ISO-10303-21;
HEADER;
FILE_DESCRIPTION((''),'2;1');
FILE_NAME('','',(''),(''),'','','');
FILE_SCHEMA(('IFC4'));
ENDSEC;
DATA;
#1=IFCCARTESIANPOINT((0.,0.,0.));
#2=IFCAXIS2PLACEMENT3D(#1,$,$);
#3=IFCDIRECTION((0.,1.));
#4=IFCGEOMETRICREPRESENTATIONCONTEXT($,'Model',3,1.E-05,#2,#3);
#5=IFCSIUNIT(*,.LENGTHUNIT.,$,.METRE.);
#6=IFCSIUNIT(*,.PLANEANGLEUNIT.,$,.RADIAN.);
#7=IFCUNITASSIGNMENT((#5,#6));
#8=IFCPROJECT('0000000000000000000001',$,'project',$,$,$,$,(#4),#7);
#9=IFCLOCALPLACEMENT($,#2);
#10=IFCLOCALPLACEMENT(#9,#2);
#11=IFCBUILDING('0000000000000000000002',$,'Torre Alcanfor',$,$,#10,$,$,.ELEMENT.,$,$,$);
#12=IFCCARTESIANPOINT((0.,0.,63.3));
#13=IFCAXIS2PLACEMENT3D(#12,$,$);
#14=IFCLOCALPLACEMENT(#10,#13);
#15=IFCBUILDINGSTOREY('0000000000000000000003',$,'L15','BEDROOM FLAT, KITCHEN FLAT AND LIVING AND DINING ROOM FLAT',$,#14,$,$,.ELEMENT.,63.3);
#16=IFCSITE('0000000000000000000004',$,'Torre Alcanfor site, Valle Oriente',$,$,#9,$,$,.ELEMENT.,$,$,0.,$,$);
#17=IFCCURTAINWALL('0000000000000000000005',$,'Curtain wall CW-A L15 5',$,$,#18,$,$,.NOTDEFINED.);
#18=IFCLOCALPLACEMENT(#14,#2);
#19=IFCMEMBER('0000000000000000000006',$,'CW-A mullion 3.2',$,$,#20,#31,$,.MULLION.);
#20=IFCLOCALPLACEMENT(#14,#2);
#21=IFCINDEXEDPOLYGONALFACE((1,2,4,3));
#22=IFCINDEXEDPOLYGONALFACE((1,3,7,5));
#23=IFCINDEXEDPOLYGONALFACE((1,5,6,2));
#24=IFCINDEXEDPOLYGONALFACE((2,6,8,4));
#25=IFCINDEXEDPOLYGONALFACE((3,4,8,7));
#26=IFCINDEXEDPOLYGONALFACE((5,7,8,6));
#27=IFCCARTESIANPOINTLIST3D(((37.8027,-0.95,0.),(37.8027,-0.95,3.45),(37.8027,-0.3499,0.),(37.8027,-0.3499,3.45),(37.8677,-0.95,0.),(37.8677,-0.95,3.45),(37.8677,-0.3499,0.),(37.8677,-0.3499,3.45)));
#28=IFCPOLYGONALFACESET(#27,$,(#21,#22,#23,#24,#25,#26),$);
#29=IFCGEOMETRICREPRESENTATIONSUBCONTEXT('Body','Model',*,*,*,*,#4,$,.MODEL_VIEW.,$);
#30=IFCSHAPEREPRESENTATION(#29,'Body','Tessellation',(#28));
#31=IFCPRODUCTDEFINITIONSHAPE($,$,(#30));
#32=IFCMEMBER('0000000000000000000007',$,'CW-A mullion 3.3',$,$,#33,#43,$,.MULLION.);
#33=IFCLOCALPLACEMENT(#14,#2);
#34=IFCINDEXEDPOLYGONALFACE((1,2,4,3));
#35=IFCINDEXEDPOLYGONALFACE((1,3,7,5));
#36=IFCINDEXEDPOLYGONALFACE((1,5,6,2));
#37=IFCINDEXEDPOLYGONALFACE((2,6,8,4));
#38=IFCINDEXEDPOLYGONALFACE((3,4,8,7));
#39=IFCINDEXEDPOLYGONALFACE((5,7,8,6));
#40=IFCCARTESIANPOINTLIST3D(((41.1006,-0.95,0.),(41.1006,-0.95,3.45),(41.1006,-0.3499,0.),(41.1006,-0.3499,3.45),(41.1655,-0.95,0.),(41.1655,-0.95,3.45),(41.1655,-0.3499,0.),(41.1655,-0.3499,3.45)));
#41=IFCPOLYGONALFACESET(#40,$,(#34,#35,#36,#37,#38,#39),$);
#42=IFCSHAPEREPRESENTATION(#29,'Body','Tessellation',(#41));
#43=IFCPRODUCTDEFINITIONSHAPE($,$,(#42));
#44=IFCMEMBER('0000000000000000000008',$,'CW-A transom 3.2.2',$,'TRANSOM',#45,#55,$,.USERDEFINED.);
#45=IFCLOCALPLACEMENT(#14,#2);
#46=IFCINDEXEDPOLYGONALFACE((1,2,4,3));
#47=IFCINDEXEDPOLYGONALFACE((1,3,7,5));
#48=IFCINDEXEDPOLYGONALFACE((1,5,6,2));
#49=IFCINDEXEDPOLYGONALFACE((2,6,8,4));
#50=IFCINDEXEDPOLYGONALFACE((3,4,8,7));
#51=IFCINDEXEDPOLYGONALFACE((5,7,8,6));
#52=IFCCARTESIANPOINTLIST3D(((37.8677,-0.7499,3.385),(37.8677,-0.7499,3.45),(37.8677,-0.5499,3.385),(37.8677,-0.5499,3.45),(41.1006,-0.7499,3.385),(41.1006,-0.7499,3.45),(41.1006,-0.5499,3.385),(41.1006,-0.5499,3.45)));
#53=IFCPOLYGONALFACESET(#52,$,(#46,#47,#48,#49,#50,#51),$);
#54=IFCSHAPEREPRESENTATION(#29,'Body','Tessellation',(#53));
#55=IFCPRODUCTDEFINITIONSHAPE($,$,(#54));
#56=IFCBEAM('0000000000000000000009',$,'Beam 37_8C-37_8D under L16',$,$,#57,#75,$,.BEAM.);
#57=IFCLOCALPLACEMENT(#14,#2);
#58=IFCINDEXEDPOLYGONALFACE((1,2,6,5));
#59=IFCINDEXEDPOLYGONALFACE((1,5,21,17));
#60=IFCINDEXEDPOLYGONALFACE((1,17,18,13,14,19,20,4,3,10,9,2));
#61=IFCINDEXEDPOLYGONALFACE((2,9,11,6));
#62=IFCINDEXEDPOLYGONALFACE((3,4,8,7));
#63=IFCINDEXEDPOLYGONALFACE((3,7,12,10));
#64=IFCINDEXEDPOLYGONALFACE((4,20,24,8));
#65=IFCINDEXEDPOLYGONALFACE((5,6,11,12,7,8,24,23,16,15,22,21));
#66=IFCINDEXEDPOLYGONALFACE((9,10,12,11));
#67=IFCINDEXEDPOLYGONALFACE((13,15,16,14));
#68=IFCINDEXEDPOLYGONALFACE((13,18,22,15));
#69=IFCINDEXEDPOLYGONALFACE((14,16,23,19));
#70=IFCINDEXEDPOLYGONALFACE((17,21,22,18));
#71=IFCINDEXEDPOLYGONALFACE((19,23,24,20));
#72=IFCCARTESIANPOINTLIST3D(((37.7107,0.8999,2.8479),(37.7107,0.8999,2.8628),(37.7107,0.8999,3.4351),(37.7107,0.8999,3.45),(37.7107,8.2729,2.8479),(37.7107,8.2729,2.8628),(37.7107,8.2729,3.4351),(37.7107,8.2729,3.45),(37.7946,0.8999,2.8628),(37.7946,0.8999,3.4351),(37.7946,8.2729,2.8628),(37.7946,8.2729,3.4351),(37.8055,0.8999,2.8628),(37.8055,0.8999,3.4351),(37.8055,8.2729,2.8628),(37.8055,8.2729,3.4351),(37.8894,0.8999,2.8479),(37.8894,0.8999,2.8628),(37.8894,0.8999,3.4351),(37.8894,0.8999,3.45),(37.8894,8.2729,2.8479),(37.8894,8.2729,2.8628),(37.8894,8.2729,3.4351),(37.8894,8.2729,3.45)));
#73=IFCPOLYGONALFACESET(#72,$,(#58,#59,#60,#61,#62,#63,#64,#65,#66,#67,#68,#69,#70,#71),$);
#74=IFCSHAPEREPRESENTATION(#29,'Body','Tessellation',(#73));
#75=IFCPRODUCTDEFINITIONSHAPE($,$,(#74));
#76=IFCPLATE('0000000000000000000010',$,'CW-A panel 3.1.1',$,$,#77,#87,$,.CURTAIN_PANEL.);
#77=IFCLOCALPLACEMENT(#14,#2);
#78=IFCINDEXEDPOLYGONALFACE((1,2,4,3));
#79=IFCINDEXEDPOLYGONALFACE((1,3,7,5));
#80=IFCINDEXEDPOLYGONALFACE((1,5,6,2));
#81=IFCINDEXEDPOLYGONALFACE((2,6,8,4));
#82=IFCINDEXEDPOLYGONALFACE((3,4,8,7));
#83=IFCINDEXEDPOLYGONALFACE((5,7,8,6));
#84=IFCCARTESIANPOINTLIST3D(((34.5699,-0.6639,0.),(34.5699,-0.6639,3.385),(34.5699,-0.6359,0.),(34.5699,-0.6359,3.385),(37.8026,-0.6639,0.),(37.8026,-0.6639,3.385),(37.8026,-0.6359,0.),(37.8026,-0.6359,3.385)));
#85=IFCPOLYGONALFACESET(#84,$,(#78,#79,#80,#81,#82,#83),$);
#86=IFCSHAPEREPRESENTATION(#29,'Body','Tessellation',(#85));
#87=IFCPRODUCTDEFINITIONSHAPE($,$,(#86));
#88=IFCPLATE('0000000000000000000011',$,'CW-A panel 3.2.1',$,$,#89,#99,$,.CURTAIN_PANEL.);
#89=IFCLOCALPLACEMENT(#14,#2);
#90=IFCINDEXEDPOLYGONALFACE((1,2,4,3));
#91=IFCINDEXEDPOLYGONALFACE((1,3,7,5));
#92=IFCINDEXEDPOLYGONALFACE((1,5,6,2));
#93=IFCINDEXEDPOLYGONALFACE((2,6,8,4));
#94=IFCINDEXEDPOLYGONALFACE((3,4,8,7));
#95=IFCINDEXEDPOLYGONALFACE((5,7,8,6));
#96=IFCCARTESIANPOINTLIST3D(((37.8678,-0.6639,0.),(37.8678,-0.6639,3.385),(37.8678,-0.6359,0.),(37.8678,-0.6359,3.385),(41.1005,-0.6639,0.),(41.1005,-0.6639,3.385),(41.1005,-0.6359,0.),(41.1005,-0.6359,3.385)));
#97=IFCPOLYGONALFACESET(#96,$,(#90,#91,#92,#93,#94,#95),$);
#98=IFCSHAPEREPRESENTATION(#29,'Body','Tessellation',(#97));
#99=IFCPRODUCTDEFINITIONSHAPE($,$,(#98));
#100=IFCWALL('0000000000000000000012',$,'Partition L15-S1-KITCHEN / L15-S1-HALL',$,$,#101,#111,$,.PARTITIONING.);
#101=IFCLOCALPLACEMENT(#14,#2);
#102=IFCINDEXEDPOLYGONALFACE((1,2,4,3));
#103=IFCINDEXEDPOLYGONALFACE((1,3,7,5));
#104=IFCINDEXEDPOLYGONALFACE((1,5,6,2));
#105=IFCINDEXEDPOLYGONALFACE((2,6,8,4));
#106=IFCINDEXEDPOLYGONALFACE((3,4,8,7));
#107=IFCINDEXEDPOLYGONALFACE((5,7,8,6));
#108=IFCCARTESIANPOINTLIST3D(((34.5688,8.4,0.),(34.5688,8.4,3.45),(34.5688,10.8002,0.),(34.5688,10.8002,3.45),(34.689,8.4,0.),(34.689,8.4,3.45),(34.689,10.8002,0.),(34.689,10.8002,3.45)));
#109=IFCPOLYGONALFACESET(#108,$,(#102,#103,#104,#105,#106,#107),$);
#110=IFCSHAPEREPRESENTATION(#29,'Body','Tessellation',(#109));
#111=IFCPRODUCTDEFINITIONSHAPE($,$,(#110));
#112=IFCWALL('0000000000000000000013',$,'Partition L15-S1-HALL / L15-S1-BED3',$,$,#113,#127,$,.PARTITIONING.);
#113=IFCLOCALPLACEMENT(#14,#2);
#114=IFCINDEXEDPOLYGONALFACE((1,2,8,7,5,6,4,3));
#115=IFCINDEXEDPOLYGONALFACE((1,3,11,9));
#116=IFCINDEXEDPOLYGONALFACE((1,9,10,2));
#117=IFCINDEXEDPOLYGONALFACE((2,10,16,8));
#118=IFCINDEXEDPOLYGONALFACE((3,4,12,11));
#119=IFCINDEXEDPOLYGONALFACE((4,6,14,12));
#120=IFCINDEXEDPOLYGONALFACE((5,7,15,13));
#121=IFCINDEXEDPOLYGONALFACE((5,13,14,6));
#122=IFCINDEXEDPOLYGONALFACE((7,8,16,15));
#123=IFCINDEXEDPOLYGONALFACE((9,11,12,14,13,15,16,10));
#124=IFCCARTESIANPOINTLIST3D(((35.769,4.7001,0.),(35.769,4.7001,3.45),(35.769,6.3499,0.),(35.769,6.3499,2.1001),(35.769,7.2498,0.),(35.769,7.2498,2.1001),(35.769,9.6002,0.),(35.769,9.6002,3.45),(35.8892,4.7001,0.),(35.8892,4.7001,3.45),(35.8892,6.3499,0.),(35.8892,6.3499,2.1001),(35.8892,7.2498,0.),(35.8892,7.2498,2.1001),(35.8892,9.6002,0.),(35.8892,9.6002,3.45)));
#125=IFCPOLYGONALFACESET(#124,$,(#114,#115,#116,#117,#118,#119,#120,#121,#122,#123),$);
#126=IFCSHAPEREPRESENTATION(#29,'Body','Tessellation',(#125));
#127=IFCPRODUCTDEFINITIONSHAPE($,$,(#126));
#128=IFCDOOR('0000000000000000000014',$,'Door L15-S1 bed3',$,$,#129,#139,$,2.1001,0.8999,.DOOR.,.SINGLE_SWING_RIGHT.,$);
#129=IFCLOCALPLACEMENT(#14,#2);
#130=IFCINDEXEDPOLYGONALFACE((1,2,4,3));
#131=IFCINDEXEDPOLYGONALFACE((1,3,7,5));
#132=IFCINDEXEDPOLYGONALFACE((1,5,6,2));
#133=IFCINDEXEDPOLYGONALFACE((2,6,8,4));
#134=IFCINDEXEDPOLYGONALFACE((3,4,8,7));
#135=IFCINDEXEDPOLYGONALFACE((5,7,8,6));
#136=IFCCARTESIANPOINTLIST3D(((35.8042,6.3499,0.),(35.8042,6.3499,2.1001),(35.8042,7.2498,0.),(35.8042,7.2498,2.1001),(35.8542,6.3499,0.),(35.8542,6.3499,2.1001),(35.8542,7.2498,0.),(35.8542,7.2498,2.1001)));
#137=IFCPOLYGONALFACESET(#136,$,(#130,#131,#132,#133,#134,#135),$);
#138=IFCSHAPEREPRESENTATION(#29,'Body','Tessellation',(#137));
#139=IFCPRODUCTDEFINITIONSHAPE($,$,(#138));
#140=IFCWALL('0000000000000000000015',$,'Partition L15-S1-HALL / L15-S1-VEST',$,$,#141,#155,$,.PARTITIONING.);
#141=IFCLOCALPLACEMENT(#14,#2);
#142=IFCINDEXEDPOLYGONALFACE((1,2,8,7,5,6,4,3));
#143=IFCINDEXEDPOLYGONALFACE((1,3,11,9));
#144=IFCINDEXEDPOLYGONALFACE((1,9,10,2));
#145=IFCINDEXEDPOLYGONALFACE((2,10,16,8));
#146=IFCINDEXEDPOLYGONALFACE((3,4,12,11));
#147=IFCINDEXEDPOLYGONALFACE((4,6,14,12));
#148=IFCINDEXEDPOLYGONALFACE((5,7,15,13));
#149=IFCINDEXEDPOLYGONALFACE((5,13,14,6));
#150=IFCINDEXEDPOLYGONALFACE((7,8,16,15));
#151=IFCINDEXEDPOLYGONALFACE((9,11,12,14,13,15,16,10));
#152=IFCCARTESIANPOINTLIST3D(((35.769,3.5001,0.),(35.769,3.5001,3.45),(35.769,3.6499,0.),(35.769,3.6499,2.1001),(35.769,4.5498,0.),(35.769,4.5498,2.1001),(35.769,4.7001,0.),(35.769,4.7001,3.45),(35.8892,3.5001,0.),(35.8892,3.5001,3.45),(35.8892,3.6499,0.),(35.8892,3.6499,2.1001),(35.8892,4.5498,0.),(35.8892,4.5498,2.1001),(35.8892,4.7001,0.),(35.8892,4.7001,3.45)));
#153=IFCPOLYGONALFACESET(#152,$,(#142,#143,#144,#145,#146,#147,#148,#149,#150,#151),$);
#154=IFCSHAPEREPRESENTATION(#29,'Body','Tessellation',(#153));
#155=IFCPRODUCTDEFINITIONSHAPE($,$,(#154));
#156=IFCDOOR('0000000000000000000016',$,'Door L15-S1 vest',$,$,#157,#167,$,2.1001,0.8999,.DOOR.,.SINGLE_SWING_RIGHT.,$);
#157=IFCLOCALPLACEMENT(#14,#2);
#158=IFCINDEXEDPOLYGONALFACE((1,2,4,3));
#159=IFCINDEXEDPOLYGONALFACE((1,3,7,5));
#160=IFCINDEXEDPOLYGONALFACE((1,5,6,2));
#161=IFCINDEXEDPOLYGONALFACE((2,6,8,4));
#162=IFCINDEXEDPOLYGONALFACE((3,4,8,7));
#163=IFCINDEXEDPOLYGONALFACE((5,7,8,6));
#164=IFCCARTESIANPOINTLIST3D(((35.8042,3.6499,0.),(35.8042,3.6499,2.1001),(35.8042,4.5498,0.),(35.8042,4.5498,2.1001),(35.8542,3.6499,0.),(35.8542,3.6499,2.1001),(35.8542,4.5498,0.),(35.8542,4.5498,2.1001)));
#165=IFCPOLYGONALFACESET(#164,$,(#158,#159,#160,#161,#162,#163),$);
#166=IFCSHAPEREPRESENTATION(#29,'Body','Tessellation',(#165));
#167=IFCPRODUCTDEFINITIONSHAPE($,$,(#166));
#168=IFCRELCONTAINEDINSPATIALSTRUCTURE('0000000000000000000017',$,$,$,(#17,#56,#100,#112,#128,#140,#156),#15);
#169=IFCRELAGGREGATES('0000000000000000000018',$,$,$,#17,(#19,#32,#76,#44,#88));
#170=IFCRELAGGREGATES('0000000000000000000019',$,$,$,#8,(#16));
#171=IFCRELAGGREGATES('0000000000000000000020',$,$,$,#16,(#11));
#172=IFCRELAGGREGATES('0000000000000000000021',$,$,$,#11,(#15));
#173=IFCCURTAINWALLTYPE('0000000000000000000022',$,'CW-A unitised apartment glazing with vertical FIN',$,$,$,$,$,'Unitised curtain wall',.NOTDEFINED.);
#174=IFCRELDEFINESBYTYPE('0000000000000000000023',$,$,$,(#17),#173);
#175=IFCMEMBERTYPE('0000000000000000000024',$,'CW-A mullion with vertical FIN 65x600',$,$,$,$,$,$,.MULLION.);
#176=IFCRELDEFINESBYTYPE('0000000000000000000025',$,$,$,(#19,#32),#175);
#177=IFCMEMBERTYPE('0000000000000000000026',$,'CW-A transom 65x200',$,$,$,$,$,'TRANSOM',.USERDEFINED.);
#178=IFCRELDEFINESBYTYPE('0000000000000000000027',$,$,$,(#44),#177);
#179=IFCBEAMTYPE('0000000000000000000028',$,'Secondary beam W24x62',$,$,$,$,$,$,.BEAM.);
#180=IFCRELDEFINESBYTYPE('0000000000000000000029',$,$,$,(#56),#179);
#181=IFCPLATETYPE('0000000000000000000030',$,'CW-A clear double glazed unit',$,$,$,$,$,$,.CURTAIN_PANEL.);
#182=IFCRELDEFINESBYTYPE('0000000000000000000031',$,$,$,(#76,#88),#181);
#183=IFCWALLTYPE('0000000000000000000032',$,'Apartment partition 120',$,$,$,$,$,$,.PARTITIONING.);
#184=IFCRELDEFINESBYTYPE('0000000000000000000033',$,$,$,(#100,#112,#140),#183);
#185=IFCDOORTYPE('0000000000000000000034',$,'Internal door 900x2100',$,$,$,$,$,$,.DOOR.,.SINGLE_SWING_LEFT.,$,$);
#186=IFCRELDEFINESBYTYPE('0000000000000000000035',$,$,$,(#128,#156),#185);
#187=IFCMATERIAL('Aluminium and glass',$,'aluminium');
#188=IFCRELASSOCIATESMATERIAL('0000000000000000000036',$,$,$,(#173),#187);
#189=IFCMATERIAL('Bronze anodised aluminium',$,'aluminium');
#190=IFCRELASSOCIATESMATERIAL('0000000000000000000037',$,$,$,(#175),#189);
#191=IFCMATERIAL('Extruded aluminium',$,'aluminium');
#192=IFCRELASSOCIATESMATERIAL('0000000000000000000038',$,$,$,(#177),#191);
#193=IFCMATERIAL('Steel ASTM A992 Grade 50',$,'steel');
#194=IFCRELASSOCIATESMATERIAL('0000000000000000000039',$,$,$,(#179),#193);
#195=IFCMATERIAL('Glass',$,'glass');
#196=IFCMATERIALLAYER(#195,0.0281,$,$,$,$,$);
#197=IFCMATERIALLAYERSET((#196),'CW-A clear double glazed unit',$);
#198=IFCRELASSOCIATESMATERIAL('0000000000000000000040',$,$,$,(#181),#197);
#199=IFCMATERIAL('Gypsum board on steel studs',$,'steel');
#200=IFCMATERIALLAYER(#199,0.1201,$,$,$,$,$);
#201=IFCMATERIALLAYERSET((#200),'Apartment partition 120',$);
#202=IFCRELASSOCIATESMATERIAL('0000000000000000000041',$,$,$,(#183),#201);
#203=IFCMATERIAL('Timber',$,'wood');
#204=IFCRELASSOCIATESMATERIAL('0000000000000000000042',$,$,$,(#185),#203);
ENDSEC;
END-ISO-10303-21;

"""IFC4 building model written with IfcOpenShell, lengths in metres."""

from ifc_helpers import new_model, si_unit, direction, frame, frame_2d, origin, origin_2d, place, context, subcontext, project, spatial, rectangle, i_section, extrude, material, layer, layer_set, material_profile, profile_set, type_object, element, fill, aggregate, save


model = new_model("IFC4")

# Units and contexts
model_context = context("Model", 3, precision=1e-05, world=origin(), true_north=direction((0.0, 1.0)))
body_context = subcontext(model_context, "Body", "Model", "MODEL_VIEW")
ifc_project = project(units=[si_unit("LENGTHUNIT", "METRE"), si_unit("PLANEANGLEUNIT", "RADIAN")], contexts=[model_context])

# Site, building, storey
site_placement = place(None, origin())
site = spatial("IfcSite", under=ifc_project, at=site_placement, Name="Torre Alcanfor site, Valle Oriente", CompositionType="ELEMENT", RefElevation=0.0)
building_placement = place(site_placement, origin())
building = spatial("IfcBuilding", under=site, at=building_placement, Name="Torre Alcanfor", CompositionType="ELEMENT")
storey_placement = place(building_placement, frame((0.0, 0.0, 63.3)))
storey = spatial("IfcBuildingStorey", under=building, at=storey_placement, Name="L15", Description="BEDROOM FLAT, KITCHEN FLAT AND LIVING AND DINING ROOM FLAT", CompositionType="ELEMENT", Elevation=63.3)

# Curtain wall, members
ifc_material_1 = material(Name="Aluminium and glass", Category="aluminium")
curtain_wall_type = type_object("IfcCurtainWallType", Name="CW-A unitised apartment glazing with vertical FIN", ElementType="Unitised curtain wall", PredefinedType="NOTDEFINED", material=ifc_material_1)
curtain_wall_placement = place(storey_placement, origin())
curtain_wall = element("IfcCurtainWall", 1, at=curtain_wall_placement, inside=storey, type_object=curtain_wall_type, Name="Curtain wall CW-A L15 5", PredefinedType="NOTDEFINED")
ifc_material_2 = material(Name="Bronze anodised aluminium", Category="aluminium")
ifc_material_profile_1 = material_profile(ifc_material_2, rectangle(XDim=0.6001, YDim=0.0649, at=origin_2d()), Name="CW-A mullion 65x600")
ifc_profile_set_1 = profile_set([ifc_material_profile_1], Name="Bronze anodised aluminium")
member_type_1 = type_object("IfcMemberType", Name="CW-A mullion with vertical FIN 65x600", PredefinedType="MULLION", material=ifc_profile_set_1)
member_1_placement = place(storey_placement, frame((37.8352, -0.6499, 0.0), z_axis=(0.0, 0.0, 1.0), x_axis=(0.0, 1.0, 0.0)))
member_1 = element("IfcMember", 2, at=member_1_placement, type_object=member_type_1, Name="CW-A mullion 3.2", PredefinedType="MULLION", context=body_context, shape_type="SweptSolid", body=[
    extrude(rectangle(XDim=0.6001, YDim=0.0649, at=origin_2d()), origin(), (0.0, 0.0, 1.0), 3.45),
])
member_2_placement = place(storey_placement, frame((41.1331, -0.6499, 0.0), z_axis=(0.0, 0.0, 1.0), x_axis=(0.0, 1.0, 0.0)))
member_2 = element("IfcMember", 3, at=member_2_placement, type_object=member_type_1, Name="CW-A mullion 3.3", PredefinedType="MULLION", context=body_context, shape_type="SweptSolid", body=[
    extrude(rectangle(XDim=0.6001, YDim=0.0649, at=origin_2d()), origin(), (0.0, 0.0, 1.0), 3.45),
])
ifc_material_3 = material(Name="Extruded aluminium", Category="aluminium")
ifc_material_profile_2 = material_profile(ifc_material_3, rectangle(XDim=0.2, YDim=0.0649, at=origin_2d()), Name="CW-A transom 200x65")
ifc_profile_set_2 = profile_set([ifc_material_profile_2], Name="Extruded aluminium")
member_type_2 = type_object("IfcMemberType", Name="CW-A transom 65x200", ElementType="TRANSOM", PredefinedType="USERDEFINED", material=ifc_profile_set_2)
member_3_placement = place(storey_placement, frame((37.8677, -0.6499, 3.4175), z_axis=(1.0, 0.0, 0.0), x_axis=(0.0, 1.0, 0.0)))
member_3 = element("IfcMember", 4, at=member_3_placement, type_object=member_type_2, Name="CW-A transom 3.2.2", ObjectType="TRANSOM", PredefinedType="USERDEFINED", context=body_context, shape_type="SweptSolid", body=[
    extrude(rectangle(XDim=0.2, YDim=0.0649, at=origin_2d()), origin(), (0.0, 0.0, 1.0), 3.2329),
])

# Beam
ifc_material_4 = material(Name="Steel ASTM A992 Grade 50", Category="steel")
ifc_material_profile_3 = material_profile(ifc_material_4, i_section(OverallWidth=0.1787, OverallDepth=0.6021, WebThickness=0.011, FlangeThickness=0.0149, at=origin_2d()), Name="W24x62")
ifc_profile_set_3 = profile_set([ifc_material_profile_3], Name="Steel ASTM A992 Grade 50")
beam_type = type_object("IfcBeamType", Name="Secondary beam W24x62", PredefinedType="BEAM", material=ifc_profile_set_3)
beam_placement = place(storey_placement, frame((37.8, 0.8999, 3.1489), z_axis=(0.0, 1.0, 0.0), x_axis=(-1.0, 0.0, 0.0)))
element("IfcBeam", 5, at=beam_placement, inside=storey, type_object=beam_type, Name="Beam 37_8C-37_8D under L16", PredefinedType="BEAM", context=body_context, shape_type="SweptSolid", body=[
    extrude(i_section(OverallWidth=0.1787, OverallDepth=0.6021, WebThickness=0.011, FlangeThickness=0.0149, at=origin_2d()), origin(), (0.0, 0.0, 1.0), 7.373),
])

# Plates
ifc_material_5 = material(Name="Glass", Category="glass")
ifc_layer_1 = layer(ifc_material_5, 0.0281)
ifc_layer_set_1 = layer_set([ifc_layer_1], Name="CW-A clear double glazed unit")
plate_type = type_object("IfcPlateType", Name="CW-A clear double glazed unit", PredefinedType="CURTAIN_PANEL", material=ifc_layer_set_1)
plate_1_placement = place(storey_placement, frame((36.1863, -0.6499, 0.0), z_axis=(0.0, 0.0, 1.0), x_axis=(1.0, 0.0, 0.0)))
plate_1 = element("IfcPlate", 6, at=plate_1_placement, type_object=plate_type, Name="CW-A panel 3.1.1", PredefinedType="CURTAIN_PANEL", context=body_context, shape_type="SweptSolid", body=[
    extrude(rectangle(XDim=3.2327, YDim=0.0281, at=origin_2d()), origin(), (0.0, 0.0, 1.0), 3.385),
])
plate_2_placement = place(storey_placement, frame((39.4841, -0.6499, 0.0), z_axis=(0.0, 0.0, 1.0), x_axis=(1.0, 0.0, 0.0)))
plate_2 = element("IfcPlate", 7, at=plate_2_placement, type_object=plate_type, Name="CW-A panel 3.2.1", PredefinedType="CURTAIN_PANEL", context=body_context, shape_type="SweptSolid", body=[
    extrude(rectangle(XDim=3.2327, YDim=0.0281, at=origin_2d()), origin(), (0.0, 0.0, 1.0), 3.385),
])
aggregate(curtain_wall, [member_1, member_2, plate_1, member_3, plate_2])

# Wall
ifc_material_6 = material(Name="Gypsum board on steel studs", Category="steel")
ifc_layer_2 = layer(ifc_material_6, 0.1201)
ifc_layer_set_2 = layer_set([ifc_layer_2], Name="Apartment partition 120")
wall_type_1 = type_object("IfcWallType", Name="Apartment partition 120", PredefinedType="PARTITIONING", material=ifc_layer_set_2)
wall_1_placement = place(storey_placement, frame((34.6289, 8.3999, 0.0), z_axis=(0.0, 0.0, 1.0), x_axis=(0.0, 1.0, 0.0)))
element("IfcWall", 8, at=wall_1_placement, inside=storey, type_object=wall_type_1, Name="Partition L15-S1-KITCHEN / L15-S1-HALL", PredefinedType="PARTITIONING", context=body_context, shape_type="SweptSolid", body=[
    extrude(rectangle(XDim=2.4001, YDim=0.1201, at=frame_2d((1.2002, 0.0))), origin(), (0.0, 0.0, 1.0), 3.45),
])

# Walls, openings, doors
wall_2_placement = place(storey_placement, frame((35.8291, 4.7, 0.0), z_axis=(0.0, 0.0, 1.0), x_axis=(0.0, 1.0, 0.0)))
wall_2 = element("IfcWall", 9, at=wall_2_placement, inside=storey, type_object=wall_type_1, Name="Partition L15-S1-HALL / L15-S1-BED3", PredefinedType="PARTITIONING", context=body_context, shape_type="SweptSolid", body=[
    extrude(rectangle(XDim=4.9001, YDim=0.1201, at=frame_2d((2.4502, 0.0))), origin(), (0.0, 0.0, 1.0), 3.45),
])
opening_1_placement = place(wall_2_placement, frame((1.6499, 0.0, 0.0)))
opening_1 = element("IfcOpeningElement", 10, at=opening_1_placement, cuts=wall_2, PredefinedType="OPENING", context=body_context, shape_type="SweptSolid", body=[
    extrude(rectangle(XDim=0.8999, YDim=2.1001, at=frame_2d((0.45, 1.05))), frame((0.0, 0.0701, 0.0), z_axis=(0.0, -1.0, 0.0), x_axis=(1.0, 0.0, 0.0)), (0.0, 0.0, 1.0), 0.1401),
])
ifc_material_7 = material(Name="Timber", Category="wood")
door_type = type_object("IfcDoorType", Name="Internal door 900x2100", OperationType="SINGLE_SWING_LEFT", PredefinedType="DOOR", material=ifc_material_7)
door_1_placement = place(opening_1_placement, frame((0.8999, 0.0, 0.0), z_axis=(0.0, 0.0, 1.0), x_axis=(-1.0, 0.0, 0.0)))
door_1 = element("IfcDoor", 11, at=door_1_placement, inside=storey, type_object=door_type, Name="Door L15-S1 bed3", OperationType="SINGLE_SWING_RIGHT", OverallHeight=2.1001, OverallWidth=0.8999, PredefinedType="DOOR", context=body_context, shape_type="SweptSolid", body=[
    extrude(rectangle(XDim=0.8999, YDim=2.1001, at=frame_2d((0.45, 1.05))), frame((0.0, 0.0251, 0.0), z_axis=(0.0, -1.0, 0.0), x_axis=(1.0, 0.0, 0.0)), (0.0, 0.0, 1.0), 0.05),
])
fill(opening_1, door_1)
wall_3_placement = place(storey_placement, frame((35.8291, 3.5, 0.0), z_axis=(0.0, 0.0, 1.0), x_axis=(0.0, 1.0, 0.0)))
wall_3 = element("IfcWall", 12, at=wall_3_placement, inside=storey, type_object=wall_type_1, Name="Partition L15-S1-HALL / L15-S1-VEST", PredefinedType="PARTITIONING", context=body_context, shape_type="SweptSolid", body=[
    extrude(rectangle(XDim=1.2, YDim=0.1201, at=frame_2d((0.6001, 0.0))), origin(), (0.0, 0.0, 1.0), 3.45),
])
opening_2_placement = place(wall_3_placement, frame((0.1499, 0.0, 0.0)))
opening_2 = element("IfcOpeningElement", 13, at=opening_2_placement, cuts=wall_3, PredefinedType="OPENING", context=body_context, shape_type="SweptSolid", body=[
    extrude(rectangle(XDim=0.8999, YDim=2.1001, at=frame_2d((0.45, 1.05))), frame((0.0, 0.0701, 0.0), z_axis=(0.0, -1.0, 0.0), x_axis=(1.0, 0.0, 0.0)), (0.0, 0.0, 1.0), 0.1401),
])
door_2_placement = place(opening_2_placement, frame((0.8999, 0.0, 0.0), z_axis=(0.0, 0.0, 1.0), x_axis=(-1.0, 0.0, 0.0)))
door_2 = element("IfcDoor", 14, at=door_2_placement, inside=storey, type_object=door_type, Name="Door L15-S1 vest", OperationType="SINGLE_SWING_RIGHT", OverallHeight=2.1001, OverallWidth=0.8999, PredefinedType="DOOR", context=body_context, shape_type="SweptSolid", body=[
    extrude(rectangle(XDim=0.8999, YDim=2.1001, at=frame_2d((0.45, 1.05))), frame((0.0, 0.0251, 0.0), z_axis=(0.0, -1.0, 0.0), x_axis=(1.0, 0.0, 0.0)), (0.0, 0.0, 1.0), 0.05),
])
fill(opening_2, door_2)

save(model, "model.ifc")
